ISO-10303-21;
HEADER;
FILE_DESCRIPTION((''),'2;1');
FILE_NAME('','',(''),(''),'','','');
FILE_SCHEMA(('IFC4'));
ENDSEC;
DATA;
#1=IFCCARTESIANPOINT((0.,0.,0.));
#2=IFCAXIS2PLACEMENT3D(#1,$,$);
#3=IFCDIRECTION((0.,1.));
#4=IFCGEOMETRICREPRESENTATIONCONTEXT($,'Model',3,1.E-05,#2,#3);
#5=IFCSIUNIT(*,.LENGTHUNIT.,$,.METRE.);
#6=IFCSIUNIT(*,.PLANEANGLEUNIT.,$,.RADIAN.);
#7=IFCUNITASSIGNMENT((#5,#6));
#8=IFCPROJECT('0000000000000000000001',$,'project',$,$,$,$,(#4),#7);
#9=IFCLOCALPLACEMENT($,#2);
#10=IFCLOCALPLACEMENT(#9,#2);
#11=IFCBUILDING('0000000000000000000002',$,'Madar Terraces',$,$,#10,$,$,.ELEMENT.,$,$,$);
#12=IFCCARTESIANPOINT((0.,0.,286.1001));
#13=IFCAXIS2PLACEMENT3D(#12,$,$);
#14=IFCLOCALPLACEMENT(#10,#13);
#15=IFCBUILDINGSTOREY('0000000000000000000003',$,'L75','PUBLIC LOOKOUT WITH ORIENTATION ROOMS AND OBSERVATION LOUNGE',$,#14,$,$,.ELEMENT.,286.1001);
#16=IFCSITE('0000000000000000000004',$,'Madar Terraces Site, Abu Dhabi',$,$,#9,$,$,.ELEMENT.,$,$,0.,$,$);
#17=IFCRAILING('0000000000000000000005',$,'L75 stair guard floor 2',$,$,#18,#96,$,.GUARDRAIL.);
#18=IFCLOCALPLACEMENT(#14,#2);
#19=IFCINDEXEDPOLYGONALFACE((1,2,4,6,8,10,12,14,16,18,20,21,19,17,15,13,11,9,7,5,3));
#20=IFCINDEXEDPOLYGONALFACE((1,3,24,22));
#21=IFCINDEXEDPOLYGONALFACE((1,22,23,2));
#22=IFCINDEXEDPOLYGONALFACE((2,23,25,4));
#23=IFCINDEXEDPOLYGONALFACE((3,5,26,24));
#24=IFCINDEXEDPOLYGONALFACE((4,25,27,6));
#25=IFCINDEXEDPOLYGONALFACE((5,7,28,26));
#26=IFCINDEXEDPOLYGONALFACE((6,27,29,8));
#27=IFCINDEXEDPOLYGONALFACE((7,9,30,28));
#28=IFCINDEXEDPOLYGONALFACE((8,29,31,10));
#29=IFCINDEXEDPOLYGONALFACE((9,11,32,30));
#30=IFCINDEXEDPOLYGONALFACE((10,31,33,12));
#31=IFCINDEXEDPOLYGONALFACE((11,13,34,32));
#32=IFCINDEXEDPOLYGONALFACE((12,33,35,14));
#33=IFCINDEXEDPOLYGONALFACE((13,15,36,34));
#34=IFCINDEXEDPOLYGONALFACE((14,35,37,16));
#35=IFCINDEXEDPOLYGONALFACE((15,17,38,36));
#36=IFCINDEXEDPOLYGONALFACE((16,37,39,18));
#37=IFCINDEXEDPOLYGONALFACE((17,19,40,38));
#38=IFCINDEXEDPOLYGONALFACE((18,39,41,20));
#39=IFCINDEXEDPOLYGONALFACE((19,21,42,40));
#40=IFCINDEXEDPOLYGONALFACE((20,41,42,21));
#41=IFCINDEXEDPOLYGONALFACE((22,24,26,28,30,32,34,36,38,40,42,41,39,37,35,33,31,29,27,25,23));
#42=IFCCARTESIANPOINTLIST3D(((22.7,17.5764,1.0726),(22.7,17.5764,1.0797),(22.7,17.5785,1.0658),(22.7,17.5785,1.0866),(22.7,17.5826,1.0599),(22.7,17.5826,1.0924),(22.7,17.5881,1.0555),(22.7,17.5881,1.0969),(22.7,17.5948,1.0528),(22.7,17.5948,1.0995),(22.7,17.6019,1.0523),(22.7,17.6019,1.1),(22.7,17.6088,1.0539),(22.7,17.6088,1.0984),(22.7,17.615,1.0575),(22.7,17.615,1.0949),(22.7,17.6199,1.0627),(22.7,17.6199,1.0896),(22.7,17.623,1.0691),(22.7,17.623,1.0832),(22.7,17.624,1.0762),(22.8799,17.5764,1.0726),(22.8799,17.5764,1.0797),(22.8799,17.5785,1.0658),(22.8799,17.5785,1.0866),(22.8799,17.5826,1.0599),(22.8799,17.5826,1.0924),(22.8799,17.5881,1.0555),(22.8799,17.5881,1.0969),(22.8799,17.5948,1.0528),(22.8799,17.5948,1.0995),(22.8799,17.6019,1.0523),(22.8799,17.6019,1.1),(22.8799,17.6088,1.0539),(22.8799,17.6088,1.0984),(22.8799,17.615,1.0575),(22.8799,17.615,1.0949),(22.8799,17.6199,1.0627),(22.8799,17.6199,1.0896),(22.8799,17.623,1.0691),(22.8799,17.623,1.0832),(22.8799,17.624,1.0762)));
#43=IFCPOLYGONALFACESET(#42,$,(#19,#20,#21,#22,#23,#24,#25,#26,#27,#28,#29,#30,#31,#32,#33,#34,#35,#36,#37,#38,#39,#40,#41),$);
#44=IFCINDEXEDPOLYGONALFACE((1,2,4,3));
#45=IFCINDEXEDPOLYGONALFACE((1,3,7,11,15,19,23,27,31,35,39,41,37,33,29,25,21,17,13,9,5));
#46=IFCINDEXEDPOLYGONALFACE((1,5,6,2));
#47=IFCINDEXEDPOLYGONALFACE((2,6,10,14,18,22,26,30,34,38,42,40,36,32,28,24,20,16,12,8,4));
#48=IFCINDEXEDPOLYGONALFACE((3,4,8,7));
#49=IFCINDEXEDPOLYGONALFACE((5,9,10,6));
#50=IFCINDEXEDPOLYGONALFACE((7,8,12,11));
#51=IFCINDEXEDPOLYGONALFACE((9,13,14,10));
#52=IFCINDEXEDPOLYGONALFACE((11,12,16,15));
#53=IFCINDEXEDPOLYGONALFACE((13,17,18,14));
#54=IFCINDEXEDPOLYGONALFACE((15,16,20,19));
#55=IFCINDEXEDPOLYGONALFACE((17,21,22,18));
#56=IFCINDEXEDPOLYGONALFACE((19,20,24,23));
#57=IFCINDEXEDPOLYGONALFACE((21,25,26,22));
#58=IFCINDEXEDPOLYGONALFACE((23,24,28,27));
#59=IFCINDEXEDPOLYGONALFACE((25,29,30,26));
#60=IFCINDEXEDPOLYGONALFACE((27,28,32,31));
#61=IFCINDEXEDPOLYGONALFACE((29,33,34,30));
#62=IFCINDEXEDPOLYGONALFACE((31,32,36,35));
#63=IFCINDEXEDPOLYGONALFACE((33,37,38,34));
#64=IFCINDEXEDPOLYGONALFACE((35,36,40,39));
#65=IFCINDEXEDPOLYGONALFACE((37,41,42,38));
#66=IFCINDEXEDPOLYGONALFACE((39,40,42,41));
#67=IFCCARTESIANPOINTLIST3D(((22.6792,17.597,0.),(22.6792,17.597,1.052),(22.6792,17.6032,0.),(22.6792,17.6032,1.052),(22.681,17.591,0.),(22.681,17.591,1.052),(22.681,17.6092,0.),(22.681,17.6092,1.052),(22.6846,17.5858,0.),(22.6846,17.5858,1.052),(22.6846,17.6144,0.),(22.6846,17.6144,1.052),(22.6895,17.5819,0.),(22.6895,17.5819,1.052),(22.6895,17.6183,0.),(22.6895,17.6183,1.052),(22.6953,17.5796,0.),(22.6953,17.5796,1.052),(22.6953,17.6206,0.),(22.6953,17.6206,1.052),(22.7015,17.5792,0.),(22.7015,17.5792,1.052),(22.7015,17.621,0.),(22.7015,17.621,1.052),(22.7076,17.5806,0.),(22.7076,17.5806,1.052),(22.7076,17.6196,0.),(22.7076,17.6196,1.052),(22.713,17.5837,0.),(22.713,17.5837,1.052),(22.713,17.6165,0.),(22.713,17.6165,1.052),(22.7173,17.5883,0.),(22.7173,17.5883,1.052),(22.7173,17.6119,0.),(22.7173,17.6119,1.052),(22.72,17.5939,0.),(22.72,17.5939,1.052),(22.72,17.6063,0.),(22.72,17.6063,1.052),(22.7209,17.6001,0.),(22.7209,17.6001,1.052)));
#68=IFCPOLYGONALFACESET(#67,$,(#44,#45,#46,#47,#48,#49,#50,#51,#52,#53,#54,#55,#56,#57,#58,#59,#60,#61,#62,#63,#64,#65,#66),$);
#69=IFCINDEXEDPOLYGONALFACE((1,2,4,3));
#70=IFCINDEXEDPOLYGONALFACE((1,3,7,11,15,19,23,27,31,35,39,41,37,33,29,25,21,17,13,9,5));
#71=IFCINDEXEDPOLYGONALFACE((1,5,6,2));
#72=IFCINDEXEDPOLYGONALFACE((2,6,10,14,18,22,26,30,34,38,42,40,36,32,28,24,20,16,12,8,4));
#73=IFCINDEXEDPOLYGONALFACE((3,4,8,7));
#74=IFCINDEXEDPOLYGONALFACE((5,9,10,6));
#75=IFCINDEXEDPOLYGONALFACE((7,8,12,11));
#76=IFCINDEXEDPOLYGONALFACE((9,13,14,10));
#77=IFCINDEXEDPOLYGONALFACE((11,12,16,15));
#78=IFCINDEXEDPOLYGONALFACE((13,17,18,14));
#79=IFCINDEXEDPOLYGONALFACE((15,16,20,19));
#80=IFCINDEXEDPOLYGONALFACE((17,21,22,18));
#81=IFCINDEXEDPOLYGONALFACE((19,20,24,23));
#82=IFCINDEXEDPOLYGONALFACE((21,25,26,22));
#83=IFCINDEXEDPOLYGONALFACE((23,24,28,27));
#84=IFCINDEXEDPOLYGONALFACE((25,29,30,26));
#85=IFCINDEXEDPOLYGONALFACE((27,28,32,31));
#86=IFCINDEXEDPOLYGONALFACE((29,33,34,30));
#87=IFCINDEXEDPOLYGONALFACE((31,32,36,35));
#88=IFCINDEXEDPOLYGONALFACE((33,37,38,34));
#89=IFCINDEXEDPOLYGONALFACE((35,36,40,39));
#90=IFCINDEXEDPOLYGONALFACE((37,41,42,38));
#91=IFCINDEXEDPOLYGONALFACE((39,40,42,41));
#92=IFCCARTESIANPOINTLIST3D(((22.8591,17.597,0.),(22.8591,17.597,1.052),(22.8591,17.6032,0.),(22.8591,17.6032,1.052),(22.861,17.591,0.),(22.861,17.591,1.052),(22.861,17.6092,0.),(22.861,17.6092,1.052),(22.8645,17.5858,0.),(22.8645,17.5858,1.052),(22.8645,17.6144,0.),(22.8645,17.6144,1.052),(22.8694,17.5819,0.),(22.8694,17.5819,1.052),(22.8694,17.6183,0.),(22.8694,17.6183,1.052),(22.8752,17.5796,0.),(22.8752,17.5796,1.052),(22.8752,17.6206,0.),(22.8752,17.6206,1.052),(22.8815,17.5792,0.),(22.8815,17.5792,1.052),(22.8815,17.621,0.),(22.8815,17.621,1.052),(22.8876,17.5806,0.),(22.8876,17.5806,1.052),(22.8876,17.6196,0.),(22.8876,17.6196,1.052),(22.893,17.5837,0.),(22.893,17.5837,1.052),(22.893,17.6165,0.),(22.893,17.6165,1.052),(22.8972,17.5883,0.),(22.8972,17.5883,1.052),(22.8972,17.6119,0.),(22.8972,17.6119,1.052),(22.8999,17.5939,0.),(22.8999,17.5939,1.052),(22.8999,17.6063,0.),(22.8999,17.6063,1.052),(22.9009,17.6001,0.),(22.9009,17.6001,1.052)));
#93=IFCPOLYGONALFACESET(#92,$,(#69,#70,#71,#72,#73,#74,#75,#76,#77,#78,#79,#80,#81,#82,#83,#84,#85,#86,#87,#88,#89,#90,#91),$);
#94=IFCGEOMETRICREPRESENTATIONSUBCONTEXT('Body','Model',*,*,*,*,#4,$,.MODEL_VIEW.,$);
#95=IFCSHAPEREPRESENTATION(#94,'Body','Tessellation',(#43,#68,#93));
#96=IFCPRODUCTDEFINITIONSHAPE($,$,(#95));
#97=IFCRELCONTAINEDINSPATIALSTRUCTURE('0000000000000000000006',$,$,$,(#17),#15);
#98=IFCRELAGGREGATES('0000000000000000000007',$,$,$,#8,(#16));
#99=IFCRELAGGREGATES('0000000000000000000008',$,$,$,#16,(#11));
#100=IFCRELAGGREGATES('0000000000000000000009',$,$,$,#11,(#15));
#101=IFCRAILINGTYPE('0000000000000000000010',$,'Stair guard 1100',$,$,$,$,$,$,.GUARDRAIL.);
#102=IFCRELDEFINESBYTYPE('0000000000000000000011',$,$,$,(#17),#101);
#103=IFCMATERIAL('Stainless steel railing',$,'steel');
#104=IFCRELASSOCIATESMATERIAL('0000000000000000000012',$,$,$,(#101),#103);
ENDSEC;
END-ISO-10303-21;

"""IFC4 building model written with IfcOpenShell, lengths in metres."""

from ifc_helpers import new_model, si_unit, direction, frame, origin, origin_2d, place, context, subcontext, project, spatial, circle, extrude, material, type_object, element, save


model = new_model("IFC4")

# Units and contexts
model_context = context("Model", 3, precision=1e-05, world=origin(), true_north=direction((0.0, 1.0)))
body_context = subcontext(model_context, "Body", "Model", "MODEL_VIEW")
ifc_project = project(units=[si_unit("LENGTHUNIT", "METRE"), si_unit("PLANEANGLEUNIT", "RADIAN")], contexts=[model_context])

# Site, building, storey
site_placement = place(None, origin())
site = spatial("IfcSite", under=ifc_project, at=site_placement, Name="Madar Terraces Site, Abu Dhabi", CompositionType="ELEMENT", RefElevation=0.0)
building_placement = place(site_placement, origin())
building = spatial("IfcBuilding", under=site, at=building_placement, Name="Madar Terraces", CompositionType="ELEMENT")
storey_placement = place(building_placement, frame((0.0, 0.0, 286.1001)))
storey = spatial("IfcBuildingStorey", under=building, at=storey_placement, Name="L75", Description="PUBLIC LOOKOUT WITH ORIENTATION ROOMS AND OBSERVATION LOUNGE", CompositionType="ELEMENT", Elevation=286.1001)

# Railing
ifc_material_1 = material(Name="Stainless steel railing", Category="steel")
railing_type_1 = type_object("IfcRailingType", Name="Stair guard 1100", PredefinedType="GUARDRAIL", material=ifc_material_1)
railing_1_placement = place(storey_placement, frame((22.7, 17.6001, 0.0)))
element("IfcRailing", 1, at=railing_1_placement, inside=storey, type_object=railing_type_1, Name="L75 stair guard floor 2", PredefinedType="GUARDRAIL", context=body_context, shape_type="SweptSolid", body=[
    extrude(circle(Radius=0.0239, at=origin_2d()), frame((0.0, 0.0, 1.0762), z_axis=(1.0, 0.0, 0.0), x_axis=(0.0, 1.0, 0.0)), (0.0, 0.0, 1.0), 0.1799),
    extrude(circle(Radius=0.021, at=origin_2d()), origin(), (0.0, 0.0, 1.0), 1.052),
    extrude(circle(Radius=0.021, at=origin_2d()), frame((0.1799, 0.0, 0.0)), (0.0, 0.0, 1.0), 1.052),
])

save(model, "model.ifc")
